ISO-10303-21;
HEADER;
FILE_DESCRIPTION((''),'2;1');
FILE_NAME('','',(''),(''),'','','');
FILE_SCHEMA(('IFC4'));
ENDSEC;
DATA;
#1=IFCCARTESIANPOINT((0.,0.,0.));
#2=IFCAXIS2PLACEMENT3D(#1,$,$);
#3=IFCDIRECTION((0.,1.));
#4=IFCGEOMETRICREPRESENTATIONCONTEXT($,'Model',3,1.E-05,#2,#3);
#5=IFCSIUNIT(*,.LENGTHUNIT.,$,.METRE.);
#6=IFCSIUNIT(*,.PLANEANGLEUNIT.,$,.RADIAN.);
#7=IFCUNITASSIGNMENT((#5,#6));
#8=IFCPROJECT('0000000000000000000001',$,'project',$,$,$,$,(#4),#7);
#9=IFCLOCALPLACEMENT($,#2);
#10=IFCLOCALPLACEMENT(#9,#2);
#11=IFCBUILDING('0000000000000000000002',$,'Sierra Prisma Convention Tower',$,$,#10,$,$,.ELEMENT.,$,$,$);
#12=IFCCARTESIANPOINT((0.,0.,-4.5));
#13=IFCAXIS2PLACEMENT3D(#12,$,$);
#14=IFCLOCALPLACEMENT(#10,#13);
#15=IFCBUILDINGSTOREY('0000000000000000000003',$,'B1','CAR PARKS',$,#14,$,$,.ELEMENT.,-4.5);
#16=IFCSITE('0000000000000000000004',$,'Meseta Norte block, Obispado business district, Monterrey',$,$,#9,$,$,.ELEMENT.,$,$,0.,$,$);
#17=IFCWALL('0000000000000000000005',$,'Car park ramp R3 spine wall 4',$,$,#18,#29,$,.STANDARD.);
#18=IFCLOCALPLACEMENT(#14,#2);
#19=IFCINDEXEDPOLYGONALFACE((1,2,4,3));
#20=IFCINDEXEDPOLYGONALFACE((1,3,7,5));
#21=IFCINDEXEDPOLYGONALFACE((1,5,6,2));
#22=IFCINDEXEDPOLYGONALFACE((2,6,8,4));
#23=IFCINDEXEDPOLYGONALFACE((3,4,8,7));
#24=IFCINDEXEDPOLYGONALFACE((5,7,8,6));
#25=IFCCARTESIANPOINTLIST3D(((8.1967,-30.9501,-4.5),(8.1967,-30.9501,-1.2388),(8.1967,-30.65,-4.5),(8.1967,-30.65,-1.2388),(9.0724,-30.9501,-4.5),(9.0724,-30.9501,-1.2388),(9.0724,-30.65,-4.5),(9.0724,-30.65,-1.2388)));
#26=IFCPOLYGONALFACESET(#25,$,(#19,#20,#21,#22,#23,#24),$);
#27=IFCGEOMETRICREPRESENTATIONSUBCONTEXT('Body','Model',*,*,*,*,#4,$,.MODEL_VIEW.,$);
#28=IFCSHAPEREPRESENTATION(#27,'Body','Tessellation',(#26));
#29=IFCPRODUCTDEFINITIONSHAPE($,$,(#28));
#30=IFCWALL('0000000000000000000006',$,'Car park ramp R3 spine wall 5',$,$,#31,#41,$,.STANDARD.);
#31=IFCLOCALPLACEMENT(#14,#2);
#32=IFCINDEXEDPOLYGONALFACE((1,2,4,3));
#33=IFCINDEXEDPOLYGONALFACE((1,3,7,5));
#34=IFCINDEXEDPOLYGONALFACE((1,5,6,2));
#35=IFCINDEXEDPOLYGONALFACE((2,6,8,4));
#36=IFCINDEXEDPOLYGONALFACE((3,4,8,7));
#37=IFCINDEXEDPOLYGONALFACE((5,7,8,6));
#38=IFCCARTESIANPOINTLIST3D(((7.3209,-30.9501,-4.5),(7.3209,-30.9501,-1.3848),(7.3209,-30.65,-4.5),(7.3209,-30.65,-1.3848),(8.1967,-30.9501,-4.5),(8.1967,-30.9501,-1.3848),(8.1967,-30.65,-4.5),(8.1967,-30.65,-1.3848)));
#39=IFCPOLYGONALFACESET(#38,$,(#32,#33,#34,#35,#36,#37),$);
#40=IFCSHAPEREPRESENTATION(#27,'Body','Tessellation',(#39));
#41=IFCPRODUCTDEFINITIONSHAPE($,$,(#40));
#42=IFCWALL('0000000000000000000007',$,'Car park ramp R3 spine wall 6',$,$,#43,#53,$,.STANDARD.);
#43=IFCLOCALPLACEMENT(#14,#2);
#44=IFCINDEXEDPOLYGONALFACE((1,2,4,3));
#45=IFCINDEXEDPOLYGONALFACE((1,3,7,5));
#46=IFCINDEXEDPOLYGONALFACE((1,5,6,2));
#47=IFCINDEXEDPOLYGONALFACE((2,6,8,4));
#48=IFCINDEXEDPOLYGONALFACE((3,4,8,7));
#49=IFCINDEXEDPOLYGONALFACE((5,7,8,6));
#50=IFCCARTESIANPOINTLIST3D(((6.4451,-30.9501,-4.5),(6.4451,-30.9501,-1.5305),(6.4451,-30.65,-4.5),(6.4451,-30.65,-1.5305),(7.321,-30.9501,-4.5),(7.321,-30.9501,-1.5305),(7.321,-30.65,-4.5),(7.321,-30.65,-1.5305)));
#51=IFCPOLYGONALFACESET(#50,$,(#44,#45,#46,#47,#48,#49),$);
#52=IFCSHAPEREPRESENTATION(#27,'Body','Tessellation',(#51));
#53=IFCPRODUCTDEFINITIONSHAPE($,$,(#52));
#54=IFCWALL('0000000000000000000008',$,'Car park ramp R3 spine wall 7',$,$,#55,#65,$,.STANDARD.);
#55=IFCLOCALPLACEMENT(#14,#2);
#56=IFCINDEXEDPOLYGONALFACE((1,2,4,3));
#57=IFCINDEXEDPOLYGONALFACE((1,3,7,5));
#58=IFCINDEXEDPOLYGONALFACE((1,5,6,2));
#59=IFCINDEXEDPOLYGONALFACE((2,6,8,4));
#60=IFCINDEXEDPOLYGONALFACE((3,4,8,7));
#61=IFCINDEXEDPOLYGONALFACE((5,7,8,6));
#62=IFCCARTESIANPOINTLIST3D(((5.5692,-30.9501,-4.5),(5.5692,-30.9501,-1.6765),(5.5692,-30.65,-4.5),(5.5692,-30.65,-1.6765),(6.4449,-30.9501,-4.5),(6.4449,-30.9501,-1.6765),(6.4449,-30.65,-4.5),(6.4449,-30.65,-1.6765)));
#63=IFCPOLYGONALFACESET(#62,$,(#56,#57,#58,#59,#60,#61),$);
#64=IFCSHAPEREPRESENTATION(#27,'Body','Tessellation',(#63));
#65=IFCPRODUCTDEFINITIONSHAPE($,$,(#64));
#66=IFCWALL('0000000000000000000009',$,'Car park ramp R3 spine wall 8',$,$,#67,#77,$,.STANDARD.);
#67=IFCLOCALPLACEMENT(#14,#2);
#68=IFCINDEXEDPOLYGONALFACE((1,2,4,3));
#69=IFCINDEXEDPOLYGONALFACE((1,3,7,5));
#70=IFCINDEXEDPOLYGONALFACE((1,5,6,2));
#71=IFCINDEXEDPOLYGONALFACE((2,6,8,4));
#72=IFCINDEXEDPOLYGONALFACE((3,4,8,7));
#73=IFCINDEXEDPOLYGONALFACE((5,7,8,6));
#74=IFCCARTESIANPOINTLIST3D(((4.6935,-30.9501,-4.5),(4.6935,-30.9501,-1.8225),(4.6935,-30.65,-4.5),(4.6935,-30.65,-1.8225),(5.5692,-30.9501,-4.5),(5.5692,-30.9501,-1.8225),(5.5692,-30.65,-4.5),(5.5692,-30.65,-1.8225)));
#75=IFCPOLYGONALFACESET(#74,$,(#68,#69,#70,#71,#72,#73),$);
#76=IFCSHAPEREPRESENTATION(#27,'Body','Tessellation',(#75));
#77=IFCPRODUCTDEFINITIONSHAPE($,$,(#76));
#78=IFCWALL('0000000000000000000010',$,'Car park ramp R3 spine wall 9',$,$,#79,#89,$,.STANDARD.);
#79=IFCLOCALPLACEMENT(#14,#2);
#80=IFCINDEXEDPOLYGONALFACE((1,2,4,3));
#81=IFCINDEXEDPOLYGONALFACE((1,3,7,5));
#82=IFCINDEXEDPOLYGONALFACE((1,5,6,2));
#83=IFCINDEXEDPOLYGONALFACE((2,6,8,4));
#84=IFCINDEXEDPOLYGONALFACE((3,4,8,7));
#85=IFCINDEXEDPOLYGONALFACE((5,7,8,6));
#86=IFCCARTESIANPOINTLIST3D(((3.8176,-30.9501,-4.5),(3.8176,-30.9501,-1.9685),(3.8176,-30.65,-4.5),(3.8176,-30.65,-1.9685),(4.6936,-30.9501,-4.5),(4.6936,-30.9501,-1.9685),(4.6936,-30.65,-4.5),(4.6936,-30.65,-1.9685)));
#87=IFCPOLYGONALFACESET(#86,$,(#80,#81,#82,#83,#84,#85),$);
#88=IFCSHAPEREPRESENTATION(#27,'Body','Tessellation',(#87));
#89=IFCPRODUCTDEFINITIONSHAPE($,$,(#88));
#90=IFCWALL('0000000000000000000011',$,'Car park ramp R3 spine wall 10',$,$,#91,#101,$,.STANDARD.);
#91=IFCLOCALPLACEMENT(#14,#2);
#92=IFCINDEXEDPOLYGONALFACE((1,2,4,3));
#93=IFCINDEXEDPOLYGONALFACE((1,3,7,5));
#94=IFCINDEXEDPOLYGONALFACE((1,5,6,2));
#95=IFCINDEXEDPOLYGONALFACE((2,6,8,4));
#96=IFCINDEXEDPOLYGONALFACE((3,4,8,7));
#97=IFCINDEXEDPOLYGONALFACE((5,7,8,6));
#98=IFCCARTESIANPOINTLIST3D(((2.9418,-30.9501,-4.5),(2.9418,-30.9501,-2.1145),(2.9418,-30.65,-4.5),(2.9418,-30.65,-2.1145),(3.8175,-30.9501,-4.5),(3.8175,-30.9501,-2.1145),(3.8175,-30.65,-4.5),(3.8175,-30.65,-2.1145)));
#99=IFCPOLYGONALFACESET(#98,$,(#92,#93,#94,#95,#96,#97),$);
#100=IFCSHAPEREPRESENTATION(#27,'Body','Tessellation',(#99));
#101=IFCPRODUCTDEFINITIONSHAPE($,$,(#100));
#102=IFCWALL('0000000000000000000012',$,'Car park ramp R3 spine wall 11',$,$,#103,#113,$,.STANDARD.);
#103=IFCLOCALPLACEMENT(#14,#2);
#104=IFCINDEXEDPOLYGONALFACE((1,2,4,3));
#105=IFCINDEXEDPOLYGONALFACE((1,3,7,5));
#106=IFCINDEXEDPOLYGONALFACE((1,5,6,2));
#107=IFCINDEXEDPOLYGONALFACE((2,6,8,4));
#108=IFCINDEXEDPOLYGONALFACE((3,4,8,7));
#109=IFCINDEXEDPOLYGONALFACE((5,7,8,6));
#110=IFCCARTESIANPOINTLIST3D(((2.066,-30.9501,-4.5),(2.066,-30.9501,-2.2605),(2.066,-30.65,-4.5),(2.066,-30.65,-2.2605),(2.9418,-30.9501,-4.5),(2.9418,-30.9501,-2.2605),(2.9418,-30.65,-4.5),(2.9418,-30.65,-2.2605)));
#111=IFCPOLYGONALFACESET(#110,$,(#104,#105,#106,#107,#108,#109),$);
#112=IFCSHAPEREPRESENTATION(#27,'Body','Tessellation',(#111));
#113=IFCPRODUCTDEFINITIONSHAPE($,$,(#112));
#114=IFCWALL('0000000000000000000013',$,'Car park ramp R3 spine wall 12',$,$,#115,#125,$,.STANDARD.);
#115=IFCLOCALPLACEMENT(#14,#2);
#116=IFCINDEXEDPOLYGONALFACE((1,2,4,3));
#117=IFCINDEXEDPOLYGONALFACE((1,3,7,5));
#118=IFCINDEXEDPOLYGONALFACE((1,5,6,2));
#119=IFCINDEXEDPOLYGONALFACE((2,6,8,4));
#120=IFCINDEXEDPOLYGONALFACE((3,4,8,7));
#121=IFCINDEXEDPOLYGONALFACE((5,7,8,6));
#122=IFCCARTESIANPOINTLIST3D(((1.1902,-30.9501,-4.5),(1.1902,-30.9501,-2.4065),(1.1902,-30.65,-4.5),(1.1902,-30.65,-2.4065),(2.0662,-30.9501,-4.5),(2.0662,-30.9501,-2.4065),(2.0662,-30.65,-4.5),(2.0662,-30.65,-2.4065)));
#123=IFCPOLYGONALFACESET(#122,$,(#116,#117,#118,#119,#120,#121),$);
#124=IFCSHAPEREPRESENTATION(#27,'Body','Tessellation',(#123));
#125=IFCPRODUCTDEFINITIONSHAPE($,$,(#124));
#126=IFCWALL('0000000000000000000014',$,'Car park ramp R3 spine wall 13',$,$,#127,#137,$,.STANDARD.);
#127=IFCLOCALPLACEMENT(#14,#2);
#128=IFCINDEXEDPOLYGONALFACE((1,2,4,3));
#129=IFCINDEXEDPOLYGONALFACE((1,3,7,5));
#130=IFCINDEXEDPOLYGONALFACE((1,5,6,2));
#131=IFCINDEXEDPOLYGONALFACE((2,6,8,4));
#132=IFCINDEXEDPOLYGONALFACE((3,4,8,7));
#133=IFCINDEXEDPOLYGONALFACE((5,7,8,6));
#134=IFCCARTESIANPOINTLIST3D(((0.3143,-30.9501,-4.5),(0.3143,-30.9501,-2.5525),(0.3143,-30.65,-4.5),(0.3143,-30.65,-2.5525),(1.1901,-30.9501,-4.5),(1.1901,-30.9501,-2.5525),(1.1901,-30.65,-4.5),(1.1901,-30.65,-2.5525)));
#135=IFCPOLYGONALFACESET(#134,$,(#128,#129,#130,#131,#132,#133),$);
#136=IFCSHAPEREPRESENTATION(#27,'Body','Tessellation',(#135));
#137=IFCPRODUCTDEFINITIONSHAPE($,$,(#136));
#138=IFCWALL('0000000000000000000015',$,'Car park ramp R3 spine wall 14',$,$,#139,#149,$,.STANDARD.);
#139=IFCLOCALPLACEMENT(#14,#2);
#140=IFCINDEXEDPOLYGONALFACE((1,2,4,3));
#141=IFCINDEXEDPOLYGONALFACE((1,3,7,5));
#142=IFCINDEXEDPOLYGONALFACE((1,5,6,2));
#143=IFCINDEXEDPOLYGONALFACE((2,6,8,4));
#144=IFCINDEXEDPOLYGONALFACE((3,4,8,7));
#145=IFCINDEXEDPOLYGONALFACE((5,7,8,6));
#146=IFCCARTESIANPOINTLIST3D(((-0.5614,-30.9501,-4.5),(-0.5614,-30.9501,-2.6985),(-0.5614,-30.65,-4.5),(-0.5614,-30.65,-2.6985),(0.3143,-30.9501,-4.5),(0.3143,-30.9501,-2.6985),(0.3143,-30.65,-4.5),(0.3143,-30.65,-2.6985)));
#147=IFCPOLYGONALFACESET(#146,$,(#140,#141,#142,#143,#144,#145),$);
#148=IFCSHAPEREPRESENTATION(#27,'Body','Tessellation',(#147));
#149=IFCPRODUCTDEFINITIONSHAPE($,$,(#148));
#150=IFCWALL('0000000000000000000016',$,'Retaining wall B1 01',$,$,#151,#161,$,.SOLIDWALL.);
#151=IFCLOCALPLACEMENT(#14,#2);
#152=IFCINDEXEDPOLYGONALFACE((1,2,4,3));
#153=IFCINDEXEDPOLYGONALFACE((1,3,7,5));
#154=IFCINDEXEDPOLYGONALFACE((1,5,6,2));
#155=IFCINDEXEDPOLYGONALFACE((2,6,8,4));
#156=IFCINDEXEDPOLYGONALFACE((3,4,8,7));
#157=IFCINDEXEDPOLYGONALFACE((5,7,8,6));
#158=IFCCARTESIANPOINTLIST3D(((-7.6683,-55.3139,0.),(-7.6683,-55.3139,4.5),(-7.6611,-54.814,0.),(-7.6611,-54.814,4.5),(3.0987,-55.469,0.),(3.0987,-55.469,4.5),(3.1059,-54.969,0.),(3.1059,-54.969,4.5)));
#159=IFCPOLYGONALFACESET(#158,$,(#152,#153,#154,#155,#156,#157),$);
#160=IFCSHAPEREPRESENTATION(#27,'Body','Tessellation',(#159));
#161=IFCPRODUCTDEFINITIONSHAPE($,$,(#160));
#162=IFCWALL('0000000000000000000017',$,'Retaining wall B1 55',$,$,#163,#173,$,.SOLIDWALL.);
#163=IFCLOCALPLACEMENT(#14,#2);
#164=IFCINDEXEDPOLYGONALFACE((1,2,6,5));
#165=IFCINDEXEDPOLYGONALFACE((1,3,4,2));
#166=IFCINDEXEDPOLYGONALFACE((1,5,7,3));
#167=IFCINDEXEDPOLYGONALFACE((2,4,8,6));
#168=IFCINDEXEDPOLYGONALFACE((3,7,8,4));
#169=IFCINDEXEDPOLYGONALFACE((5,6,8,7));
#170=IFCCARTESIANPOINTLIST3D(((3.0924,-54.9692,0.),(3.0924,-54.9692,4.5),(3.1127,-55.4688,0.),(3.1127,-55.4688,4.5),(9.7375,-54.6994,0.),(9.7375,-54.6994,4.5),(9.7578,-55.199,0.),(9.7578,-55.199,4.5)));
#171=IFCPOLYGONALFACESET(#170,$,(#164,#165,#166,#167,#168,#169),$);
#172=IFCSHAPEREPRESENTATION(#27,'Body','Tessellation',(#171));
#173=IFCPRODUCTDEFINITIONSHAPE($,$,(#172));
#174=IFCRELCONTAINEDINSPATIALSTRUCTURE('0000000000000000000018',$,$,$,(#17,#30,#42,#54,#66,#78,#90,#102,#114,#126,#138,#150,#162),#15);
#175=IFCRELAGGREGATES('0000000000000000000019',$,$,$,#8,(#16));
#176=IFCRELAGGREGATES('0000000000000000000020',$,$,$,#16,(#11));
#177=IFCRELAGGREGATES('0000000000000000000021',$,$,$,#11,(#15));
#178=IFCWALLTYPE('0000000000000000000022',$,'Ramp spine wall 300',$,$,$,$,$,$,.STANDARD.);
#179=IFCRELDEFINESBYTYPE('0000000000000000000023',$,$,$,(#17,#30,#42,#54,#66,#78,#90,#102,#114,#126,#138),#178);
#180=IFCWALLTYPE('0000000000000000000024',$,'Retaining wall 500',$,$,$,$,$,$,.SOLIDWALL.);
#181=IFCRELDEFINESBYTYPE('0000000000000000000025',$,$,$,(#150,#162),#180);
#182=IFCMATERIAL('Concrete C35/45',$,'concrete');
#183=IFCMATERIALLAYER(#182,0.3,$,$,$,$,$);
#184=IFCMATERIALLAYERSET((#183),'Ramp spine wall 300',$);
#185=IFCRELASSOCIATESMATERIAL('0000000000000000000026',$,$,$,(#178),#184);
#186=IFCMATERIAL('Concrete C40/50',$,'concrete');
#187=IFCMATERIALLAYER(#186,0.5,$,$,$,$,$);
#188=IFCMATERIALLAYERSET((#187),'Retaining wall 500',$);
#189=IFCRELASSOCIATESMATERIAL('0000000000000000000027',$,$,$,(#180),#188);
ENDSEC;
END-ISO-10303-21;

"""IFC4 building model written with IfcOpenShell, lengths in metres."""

from ifc_helpers import new_model, si_unit, direction, frame, frame_2d, origin, place, context, subcontext, project, spatial, rectangle, extrude, material, layer, layer_set, type_object, element, save


model = new_model("IFC4")

# Units and contexts
model_context = context("Model", 3, precision=1e-05, world=origin(), true_north=direction((0.0, 1.0)))
body_context = subcontext(model_context, "Body", "Model", "MODEL_VIEW")
ifc_project = project(units=[si_unit("LENGTHUNIT", "METRE"), si_unit("PLANEANGLEUNIT", "RADIAN")], contexts=[model_context])

# Site, building, storey
site_placement = place(None, origin())
site = spatial("IfcSite", under=ifc_project, at=site_placement, Name="Meseta Norte block, Obispado business district, Monterrey", CompositionType="ELEMENT", RefElevation=0.0)
building_placement = place(site_placement, origin())
building = spatial("IfcBuilding", under=site, at=building_placement, Name="Sierra Prisma Convention Tower", CompositionType="ELEMENT")
storey_placement = place(building_placement, frame((0.0, 0.0, -4.5)))
storey = spatial("IfcBuildingStorey", under=building, at=storey_placement, Name="B1", Description="CAR PARKS", CompositionType="ELEMENT", Elevation=-4.5)

# Walls
ifc_material_1 = material(Name="Concrete C35/45", Category="concrete")
ifc_layer_1 = layer(ifc_material_1, 0.3)
ifc_layer_set_1 = layer_set([ifc_layer_1], Name="Ramp spine wall 300")
wall_type_1 = type_object("IfcWallType", Name="Ramp spine wall 300", PredefinedType="STANDARD", material=ifc_layer_set_1)
wall_1_placement = place(storey_placement, frame((9.0725, -30.8, -4.5), z_axis=(0.0, 0.0, 1.0), x_axis=(-1.0, 0.0, 0.0)))
element("IfcWall", 1, at=wall_1_placement, inside=storey, type_object=wall_type_1, Name="Car park ramp R3 spine wall 4", PredefinedType="STANDARD", context=body_context, shape_type="SweptSolid", body=[
    extrude(rectangle(XDim=0.8757, YDim=0.3, at=frame_2d((0.438, 0.0))), origin(), (0.0, 0.0, 1.0), 3.2612),
])
wall_2_placement = place(storey_placement, frame((8.1968, -30.8, -4.5), z_axis=(0.0, 0.0, 1.0), x_axis=(-1.0, 0.0, 0.0)))
element("IfcWall", 2, at=wall_2_placement, inside=storey, type_object=wall_type_1, Name="Car park ramp R3 spine wall 5", PredefinedType="STANDARD", context=body_context, shape_type="SweptSolid", body=[
    extrude(rectangle(XDim=0.8757, YDim=0.3, at=frame_2d((0.438, 0.0))), origin(), (0.0, 0.0, 1.0), 3.1152),
])
wall_3_placement = place(storey_placement, frame((7.321, -30.8, -4.5), z_axis=(0.0, 0.0, 1.0), x_axis=(-1.0, 0.0, 0.0)))
element("IfcWall", 3, at=wall_3_placement, inside=storey, type_object=wall_type_1, Name="Car park ramp R3 spine wall 6", PredefinedType="STANDARD", context=body_context, shape_type="SweptSolid", body=[
    extrude(rectangle(XDim=0.876, YDim=0.3, at=frame_2d((0.438, 0.0))), origin(), (0.0, 0.0, 1.0), 2.9695),
])
wall_4_placement = place(storey_placement, frame((6.4451, -30.8, -4.5), z_axis=(0.0, 0.0, 1.0), x_axis=(-1.0, 0.0, 0.0)))
element("IfcWall", 4, at=wall_4_placement, inside=storey, type_object=wall_type_1, Name="Car park ramp R3 spine wall 7", PredefinedType="STANDARD", context=body_context, shape_type="SweptSolid", body=[
    extrude(rectangle(XDim=0.8757, YDim=0.3, at=frame_2d((0.438, 0.0))), origin(), (0.0, 0.0, 1.0), 2.8235),
])
wall_5_placement = place(storey_placement, frame((5.5693, -30.8, -4.5), z_axis=(0.0, 0.0, 1.0), x_axis=(-1.0, 0.0, 0.0)))
element("IfcWall", 5, at=wall_5_placement, inside=storey, type_object=wall_type_1, Name="Car park ramp R3 spine wall 8", PredefinedType="STANDARD", context=body_context, shape_type="SweptSolid", body=[
    extrude(rectangle(XDim=0.8757, YDim=0.3, at=frame_2d((0.438, 0.0))), origin(), (0.0, 0.0, 1.0), 2.6775),
])
wall_6_placement = place(storey_placement, frame((4.6936, -30.8, -4.5), z_axis=(0.0, 0.0, 1.0), x_axis=(-1.0, 0.0, 0.0)))
element("IfcWall", 6, at=wall_6_placement, inside=storey, type_object=wall_type_1, Name="Car park ramp R3 spine wall 9", PredefinedType="STANDARD", context=body_context, shape_type="SweptSolid", body=[
    extrude(rectangle(XDim=0.876, YDim=0.3, at=frame_2d((0.438, 0.0))), origin(), (0.0, 0.0, 1.0), 2.5315),
])
wall_7_placement = place(storey_placement, frame((3.8176, -30.8, -4.5), z_axis=(0.0, 0.0, 1.0), x_axis=(-1.0, 0.0, 0.0)))
element("IfcWall", 7, at=wall_7_placement, inside=storey, type_object=wall_type_1, Name="Car park ramp R3 spine wall 10", PredefinedType="STANDARD", context=body_context, shape_type="SweptSolid", body=[
    extrude(rectangle(XDim=0.8757, YDim=0.3, at=frame_2d((0.438, 0.0))), origin(), (0.0, 0.0, 1.0), 2.3855),
])
wall_8_placement = place(storey_placement, frame((2.9419, -30.8, -4.5), z_axis=(0.0, 0.0, 1.0), x_axis=(-1.0, 0.0, 0.0)))
element("IfcWall", 8, at=wall_8_placement, inside=storey, type_object=wall_type_1, Name="Car park ramp R3 spine wall 11", PredefinedType="STANDARD", context=body_context, shape_type="SweptSolid", body=[
    extrude(rectangle(XDim=0.8757, YDim=0.3, at=frame_2d((0.438, 0.0))), origin(), (0.0, 0.0, 1.0), 2.2395),
])
wall_9_placement = place(storey_placement, frame((2.0662, -30.8, -4.5), z_axis=(0.0, 0.0, 1.0), x_axis=(-1.0, 0.0, 0.0)))
element("IfcWall", 9, at=wall_9_placement, inside=storey, type_object=wall_type_1, Name="Car park ramp R3 spine wall 12", PredefinedType="STANDARD", context=body_context, shape_type="SweptSolid", body=[
    extrude(rectangle(XDim=0.876, YDim=0.3, at=frame_2d((0.438, 0.0))), origin(), (0.0, 0.0, 1.0), 2.0935),
])
wall_10_placement = place(storey_placement, frame((1.1902, -30.8, -4.5), z_axis=(0.0, 0.0, 1.0), x_axis=(-1.0, 0.0, 0.0)))
element("IfcWall", 10, at=wall_10_placement, inside=storey, type_object=wall_type_1, Name="Car park ramp R3 spine wall 13", PredefinedType="STANDARD", context=body_context, shape_type="SweptSolid", body=[
    extrude(rectangle(XDim=0.8757, YDim=0.3, at=frame_2d((0.438, 0.0))), origin(), (0.0, 0.0, 1.0), 1.9475),
])
wall_11_placement = place(storey_placement, frame((0.3145, -30.8, -4.5), z_axis=(0.0, 0.0, 1.0), x_axis=(-1.0, 0.0, 0.0)))
element("IfcWall", 11, at=wall_11_placement, inside=storey, type_object=wall_type_1, Name="Car park ramp R3 spine wall 14", PredefinedType="STANDARD", context=body_context, shape_type="SweptSolid", body=[
    extrude(rectangle(XDim=0.8757, YDim=0.3, at=frame_2d((0.438, 0.0))), origin(), (0.0, 0.0, 1.0), 1.8015),
])
ifc_material_2 = material(Name="Concrete C40/50", Category="concrete")
ifc_layer_2 = layer(ifc_material_2, 0.5)
ifc_layer_set_2 = layer_set([ifc_layer_2], Name="Retaining wall 500")
wall_type_2 = type_object("IfcWallType", Name="Retaining wall 500", PredefinedType="SOLIDWALL", material=ifc_layer_set_2)
wall_12_placement = place(storey_placement, frame((3.1023, -55.219, 0.0), z_axis=(0.0, 0.0, 1.0), x_axis=(-0.999896, 0.014397, 0.0)))
element("IfcWall", 12, at=wall_12_placement, inside=storey, type_object=wall_type_2, Name="Retaining wall B1 01", PredefinedType="SOLIDWALL", context=body_context, shape_type="SweptSolid", body=[
    extrude(rectangle(XDim=10.7681, YDim=0.5, at=frame_2d((5.384, 0.0))), origin(), (0.0, 0.0, 1.0), 4.5),
])
wall_13_placement = place(storey_placement, frame((9.7476, -54.9492, 0.0), z_axis=(0.0, 0.0, 1.0), x_axis=(-0.999177, -0.040563, 0.0)))
element("IfcWall", 13, at=wall_13_placement, inside=storey, type_object=wall_type_2, Name="Retaining wall B1 55", PredefinedType="SOLIDWALL", context=body_context, shape_type="SweptSolid", body=[
    extrude(rectangle(XDim=6.6506, YDim=0.5, at=frame_2d((3.3252, 0.0))), origin(), (0.0, 0.0, 1.0), 4.5),
])

save(model, "model.ifc")
